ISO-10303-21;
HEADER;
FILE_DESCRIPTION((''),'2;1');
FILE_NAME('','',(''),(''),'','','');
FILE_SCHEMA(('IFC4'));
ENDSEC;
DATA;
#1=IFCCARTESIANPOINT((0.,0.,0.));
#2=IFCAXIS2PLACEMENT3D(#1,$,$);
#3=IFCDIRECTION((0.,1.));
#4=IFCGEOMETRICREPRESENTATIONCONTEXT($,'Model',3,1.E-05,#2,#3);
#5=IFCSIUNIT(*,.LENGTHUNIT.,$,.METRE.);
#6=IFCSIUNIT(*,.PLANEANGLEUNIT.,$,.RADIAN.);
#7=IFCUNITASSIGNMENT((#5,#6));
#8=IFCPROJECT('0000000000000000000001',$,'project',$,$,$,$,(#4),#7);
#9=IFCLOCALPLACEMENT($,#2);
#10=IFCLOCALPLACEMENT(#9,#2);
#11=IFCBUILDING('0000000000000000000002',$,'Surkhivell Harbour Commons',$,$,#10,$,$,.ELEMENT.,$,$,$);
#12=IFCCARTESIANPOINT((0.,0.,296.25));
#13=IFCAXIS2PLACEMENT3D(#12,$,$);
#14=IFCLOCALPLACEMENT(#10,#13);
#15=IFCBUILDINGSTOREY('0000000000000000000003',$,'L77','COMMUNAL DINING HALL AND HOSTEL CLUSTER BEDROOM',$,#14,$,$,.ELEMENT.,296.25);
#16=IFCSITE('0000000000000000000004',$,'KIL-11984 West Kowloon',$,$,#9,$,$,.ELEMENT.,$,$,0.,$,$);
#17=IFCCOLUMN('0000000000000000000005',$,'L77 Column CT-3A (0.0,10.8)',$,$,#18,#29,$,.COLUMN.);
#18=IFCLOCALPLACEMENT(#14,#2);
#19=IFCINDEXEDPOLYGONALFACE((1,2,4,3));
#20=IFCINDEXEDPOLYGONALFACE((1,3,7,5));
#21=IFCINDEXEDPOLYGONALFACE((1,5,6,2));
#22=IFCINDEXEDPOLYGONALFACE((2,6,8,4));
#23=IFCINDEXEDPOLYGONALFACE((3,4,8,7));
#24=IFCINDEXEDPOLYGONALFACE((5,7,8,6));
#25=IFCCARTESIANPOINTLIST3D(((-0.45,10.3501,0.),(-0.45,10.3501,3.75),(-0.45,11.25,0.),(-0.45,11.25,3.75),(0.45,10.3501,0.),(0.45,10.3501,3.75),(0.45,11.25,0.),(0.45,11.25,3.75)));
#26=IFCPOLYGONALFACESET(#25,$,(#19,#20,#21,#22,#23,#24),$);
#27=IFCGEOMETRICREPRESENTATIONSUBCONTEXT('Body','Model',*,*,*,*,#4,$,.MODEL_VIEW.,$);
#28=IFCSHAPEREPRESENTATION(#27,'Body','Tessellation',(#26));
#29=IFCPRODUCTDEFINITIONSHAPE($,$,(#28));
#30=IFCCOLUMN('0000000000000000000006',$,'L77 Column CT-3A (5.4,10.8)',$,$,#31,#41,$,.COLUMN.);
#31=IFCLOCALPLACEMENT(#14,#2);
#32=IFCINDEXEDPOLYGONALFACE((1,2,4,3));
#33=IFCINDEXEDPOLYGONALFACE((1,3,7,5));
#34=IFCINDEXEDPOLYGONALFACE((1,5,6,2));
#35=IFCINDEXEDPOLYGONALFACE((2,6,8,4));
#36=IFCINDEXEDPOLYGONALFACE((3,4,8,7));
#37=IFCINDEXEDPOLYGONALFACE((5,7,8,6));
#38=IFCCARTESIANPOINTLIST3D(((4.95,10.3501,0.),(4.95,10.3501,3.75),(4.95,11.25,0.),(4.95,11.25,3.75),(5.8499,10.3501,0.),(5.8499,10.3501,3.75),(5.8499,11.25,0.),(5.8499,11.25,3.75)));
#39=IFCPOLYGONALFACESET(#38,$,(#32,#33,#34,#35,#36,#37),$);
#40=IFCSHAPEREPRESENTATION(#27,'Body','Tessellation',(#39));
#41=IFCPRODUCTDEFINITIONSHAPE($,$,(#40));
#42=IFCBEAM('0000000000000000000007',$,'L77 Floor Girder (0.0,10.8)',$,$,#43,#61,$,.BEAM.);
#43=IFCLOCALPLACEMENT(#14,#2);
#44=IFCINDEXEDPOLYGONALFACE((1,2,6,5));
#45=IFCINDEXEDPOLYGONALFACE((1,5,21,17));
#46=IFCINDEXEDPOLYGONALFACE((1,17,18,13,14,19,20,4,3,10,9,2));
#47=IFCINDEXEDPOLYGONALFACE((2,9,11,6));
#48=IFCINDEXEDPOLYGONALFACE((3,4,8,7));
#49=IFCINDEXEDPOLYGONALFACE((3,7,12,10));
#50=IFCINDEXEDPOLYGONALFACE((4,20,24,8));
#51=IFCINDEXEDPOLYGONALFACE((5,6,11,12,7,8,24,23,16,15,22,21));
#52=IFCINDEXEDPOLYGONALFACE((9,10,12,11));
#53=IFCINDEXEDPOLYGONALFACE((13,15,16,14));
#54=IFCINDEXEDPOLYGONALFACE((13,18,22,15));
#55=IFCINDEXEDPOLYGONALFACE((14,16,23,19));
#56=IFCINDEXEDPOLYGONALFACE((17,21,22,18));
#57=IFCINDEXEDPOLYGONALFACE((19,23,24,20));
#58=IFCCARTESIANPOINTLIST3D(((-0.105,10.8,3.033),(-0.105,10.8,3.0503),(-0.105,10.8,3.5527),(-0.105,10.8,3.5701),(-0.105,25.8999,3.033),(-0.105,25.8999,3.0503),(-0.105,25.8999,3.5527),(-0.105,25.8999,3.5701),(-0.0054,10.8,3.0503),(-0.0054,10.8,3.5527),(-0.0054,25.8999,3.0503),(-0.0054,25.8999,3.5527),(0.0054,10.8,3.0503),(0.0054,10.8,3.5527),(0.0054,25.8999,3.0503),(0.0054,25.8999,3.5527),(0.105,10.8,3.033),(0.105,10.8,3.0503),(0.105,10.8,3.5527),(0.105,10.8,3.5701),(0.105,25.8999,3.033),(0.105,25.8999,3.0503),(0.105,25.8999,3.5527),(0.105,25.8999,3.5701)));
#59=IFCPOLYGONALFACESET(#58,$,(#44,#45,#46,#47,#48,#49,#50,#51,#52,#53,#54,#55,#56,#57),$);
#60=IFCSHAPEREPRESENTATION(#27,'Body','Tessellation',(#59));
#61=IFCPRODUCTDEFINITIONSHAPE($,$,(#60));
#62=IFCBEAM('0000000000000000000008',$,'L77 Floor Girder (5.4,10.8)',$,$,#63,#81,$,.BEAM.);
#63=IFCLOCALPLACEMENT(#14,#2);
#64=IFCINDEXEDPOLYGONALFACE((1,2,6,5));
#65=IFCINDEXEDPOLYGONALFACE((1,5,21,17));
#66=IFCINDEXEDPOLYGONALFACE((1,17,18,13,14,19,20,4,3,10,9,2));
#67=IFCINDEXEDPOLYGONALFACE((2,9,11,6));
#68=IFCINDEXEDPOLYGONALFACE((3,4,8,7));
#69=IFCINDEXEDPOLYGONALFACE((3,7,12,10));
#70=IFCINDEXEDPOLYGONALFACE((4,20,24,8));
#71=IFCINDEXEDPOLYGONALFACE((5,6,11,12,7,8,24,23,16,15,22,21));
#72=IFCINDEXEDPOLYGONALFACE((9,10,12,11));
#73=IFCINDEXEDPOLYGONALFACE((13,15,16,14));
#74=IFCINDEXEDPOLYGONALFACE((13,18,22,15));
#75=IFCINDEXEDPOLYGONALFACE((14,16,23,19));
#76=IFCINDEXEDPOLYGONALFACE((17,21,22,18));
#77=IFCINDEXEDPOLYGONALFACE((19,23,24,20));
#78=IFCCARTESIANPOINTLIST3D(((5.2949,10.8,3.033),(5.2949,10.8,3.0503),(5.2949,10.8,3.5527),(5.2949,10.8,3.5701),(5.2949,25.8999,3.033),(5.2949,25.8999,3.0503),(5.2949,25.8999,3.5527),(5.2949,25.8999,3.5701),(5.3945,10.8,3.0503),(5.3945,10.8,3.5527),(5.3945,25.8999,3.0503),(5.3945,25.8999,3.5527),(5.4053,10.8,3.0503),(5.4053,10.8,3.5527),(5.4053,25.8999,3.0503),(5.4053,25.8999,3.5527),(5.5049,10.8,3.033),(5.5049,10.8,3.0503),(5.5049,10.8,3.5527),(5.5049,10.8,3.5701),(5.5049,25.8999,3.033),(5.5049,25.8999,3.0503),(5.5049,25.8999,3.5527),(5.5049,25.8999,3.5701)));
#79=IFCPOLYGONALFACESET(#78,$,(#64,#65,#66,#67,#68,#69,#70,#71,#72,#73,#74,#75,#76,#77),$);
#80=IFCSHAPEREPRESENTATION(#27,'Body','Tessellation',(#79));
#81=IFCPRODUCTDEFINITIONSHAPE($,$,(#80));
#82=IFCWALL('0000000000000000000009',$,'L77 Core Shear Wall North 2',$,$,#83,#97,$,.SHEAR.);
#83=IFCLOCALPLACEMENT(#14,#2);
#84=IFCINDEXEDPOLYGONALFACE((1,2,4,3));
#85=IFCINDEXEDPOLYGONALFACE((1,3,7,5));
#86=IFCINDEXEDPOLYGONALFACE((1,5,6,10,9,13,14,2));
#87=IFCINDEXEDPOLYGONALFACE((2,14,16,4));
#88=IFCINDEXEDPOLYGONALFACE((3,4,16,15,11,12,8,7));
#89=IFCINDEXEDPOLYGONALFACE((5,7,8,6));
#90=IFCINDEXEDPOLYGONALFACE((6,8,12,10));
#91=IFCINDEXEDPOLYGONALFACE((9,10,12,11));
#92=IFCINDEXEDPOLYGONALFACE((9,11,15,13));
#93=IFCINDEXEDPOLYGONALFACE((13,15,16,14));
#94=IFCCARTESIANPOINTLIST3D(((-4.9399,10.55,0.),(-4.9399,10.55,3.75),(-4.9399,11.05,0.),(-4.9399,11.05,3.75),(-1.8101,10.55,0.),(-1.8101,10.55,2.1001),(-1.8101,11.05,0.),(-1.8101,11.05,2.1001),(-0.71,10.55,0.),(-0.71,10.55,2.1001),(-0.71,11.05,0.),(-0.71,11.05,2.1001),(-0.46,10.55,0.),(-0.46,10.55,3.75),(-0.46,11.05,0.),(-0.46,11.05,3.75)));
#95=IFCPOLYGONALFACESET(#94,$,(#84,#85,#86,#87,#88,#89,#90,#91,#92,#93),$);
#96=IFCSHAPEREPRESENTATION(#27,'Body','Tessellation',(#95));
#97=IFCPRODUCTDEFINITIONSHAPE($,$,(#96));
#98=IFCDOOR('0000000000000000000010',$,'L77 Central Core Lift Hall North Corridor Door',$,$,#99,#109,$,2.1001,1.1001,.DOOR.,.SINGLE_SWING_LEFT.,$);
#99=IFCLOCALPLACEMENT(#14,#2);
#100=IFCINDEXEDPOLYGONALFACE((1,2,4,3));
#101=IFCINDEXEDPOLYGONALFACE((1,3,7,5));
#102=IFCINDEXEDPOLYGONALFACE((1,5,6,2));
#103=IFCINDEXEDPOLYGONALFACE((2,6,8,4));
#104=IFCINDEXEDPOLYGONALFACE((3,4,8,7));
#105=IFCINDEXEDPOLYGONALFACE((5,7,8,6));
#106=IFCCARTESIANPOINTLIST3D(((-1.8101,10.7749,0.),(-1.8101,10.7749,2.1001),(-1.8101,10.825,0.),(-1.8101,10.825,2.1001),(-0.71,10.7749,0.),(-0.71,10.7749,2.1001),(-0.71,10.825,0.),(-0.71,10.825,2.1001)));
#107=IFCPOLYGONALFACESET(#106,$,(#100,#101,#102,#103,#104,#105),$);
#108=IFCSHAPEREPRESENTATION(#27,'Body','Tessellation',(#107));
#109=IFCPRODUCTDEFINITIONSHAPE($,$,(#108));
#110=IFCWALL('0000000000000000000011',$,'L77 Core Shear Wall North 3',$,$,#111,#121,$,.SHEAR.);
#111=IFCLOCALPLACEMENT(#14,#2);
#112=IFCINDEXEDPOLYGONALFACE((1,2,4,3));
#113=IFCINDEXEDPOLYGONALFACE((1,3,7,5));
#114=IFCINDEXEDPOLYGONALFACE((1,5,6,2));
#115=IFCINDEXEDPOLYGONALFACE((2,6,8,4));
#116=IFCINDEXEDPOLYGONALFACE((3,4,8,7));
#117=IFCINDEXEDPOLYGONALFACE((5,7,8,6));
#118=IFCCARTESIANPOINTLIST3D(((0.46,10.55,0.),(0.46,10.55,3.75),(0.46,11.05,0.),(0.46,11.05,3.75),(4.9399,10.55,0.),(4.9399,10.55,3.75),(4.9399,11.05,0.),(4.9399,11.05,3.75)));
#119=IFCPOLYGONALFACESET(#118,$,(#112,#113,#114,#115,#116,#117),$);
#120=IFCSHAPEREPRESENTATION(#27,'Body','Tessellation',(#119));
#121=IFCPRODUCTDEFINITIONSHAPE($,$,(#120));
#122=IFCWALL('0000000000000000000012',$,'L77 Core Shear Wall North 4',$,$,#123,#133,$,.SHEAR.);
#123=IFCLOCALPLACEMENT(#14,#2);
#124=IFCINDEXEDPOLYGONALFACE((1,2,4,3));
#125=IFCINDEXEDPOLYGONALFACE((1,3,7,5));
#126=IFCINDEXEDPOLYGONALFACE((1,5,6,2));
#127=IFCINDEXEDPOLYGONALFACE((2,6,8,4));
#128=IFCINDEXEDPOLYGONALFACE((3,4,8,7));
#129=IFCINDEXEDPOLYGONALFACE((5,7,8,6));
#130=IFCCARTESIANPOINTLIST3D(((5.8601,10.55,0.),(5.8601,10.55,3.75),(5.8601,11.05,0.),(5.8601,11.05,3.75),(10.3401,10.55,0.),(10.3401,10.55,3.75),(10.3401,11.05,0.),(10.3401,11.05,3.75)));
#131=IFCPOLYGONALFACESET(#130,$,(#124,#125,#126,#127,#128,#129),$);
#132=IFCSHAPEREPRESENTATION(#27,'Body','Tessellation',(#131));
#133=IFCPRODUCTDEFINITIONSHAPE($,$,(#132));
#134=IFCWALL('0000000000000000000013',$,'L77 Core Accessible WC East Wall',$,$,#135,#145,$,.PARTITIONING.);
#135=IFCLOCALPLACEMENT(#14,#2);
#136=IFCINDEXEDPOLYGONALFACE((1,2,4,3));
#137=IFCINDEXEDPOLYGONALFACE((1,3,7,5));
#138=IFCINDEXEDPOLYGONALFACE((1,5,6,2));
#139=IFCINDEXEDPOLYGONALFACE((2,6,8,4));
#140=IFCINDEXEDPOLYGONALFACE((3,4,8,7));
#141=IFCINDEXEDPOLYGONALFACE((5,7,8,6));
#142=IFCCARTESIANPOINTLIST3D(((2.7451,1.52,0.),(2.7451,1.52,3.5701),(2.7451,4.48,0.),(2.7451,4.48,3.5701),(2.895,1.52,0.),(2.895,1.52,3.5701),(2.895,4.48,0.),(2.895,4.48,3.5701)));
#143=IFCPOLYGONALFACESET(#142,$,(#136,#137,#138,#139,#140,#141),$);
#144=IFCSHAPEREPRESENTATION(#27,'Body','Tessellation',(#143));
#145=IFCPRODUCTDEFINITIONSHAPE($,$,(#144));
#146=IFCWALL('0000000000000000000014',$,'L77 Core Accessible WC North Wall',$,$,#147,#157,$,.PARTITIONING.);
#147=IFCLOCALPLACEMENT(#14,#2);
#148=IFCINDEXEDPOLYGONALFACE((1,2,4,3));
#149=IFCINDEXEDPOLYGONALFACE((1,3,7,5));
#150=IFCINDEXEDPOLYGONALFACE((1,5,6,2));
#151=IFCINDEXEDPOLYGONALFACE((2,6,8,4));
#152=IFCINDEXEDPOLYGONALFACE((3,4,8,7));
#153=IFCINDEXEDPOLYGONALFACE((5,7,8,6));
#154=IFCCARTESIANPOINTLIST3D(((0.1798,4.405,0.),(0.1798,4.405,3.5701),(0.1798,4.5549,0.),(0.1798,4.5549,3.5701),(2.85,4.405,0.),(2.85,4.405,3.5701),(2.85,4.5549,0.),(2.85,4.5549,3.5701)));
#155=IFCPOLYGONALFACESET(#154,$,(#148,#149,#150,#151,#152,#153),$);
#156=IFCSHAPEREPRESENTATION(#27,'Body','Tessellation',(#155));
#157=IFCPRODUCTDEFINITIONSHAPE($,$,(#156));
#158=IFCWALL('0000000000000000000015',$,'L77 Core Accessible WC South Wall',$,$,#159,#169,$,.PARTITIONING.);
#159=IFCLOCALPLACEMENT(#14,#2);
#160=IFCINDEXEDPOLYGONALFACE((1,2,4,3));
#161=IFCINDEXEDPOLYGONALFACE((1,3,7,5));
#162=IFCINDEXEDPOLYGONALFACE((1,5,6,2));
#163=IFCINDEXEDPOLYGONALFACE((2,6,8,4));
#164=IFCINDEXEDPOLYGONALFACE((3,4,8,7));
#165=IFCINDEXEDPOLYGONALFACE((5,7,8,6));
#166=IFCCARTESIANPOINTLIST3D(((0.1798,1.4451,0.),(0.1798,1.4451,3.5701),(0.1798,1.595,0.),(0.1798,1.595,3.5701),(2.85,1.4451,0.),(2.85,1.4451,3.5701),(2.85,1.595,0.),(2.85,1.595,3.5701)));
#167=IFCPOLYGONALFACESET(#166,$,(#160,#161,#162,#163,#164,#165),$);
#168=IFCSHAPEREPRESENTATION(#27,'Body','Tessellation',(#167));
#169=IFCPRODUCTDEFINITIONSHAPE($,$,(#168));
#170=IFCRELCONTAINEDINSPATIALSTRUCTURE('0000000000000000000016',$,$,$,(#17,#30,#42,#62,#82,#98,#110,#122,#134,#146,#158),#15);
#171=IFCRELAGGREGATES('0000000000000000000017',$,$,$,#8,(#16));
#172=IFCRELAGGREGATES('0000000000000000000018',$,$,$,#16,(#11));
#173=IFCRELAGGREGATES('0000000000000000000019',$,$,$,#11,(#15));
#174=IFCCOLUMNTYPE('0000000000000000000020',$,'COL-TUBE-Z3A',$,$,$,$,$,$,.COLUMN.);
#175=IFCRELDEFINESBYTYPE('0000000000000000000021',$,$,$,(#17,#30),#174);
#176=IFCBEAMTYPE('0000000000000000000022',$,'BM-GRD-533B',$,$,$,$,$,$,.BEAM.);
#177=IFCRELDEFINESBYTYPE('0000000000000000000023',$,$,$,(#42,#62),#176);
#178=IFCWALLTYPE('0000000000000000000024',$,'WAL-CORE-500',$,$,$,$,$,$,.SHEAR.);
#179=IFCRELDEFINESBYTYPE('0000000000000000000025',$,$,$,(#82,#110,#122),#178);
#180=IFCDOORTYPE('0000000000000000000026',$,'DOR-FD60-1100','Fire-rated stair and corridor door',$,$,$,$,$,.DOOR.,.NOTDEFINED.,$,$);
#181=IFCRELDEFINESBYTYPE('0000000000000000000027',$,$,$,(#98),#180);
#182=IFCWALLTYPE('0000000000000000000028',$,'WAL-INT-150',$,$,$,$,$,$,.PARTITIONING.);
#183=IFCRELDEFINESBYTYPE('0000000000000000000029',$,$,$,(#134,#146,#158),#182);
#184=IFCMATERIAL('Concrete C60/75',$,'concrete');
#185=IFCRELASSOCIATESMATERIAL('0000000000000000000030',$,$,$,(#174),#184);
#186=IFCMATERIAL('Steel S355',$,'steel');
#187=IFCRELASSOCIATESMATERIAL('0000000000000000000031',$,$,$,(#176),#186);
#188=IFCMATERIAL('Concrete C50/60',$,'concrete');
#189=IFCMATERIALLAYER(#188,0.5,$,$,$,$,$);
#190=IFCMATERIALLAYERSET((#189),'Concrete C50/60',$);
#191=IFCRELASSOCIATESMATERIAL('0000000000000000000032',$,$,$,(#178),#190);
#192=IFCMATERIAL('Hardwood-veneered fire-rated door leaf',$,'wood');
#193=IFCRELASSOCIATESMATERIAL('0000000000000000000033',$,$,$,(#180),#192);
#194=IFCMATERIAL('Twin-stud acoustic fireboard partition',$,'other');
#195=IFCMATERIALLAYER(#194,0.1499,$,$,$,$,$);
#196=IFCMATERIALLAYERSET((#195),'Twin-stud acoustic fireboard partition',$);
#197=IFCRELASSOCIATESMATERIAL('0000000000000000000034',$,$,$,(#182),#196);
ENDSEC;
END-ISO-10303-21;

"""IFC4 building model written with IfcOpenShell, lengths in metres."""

from ifc_helpers import new_model, si_unit, direction, frame, frame_2d, origin, origin_2d, place, context, subcontext, project, spatial, rectangle, i_section, extrude, material, layer, layer_set, material_profile, profile_set, type_object, element, fill, save


model = new_model("IFC4")

# Units and contexts
model_context = context("Model", 3, precision=1e-05, world=origin(), true_north=direction((0.0, 1.0)))
body_context = subcontext(model_context, "Body", "Model", "MODEL_VIEW")
ifc_project = project(units=[si_unit("LENGTHUNIT", "METRE"), si_unit("PLANEANGLEUNIT", "RADIAN")], contexts=[model_context])

# Site, building, storey
site_placement = place(None, origin())
site = spatial("IfcSite", under=ifc_project, at=site_placement, Name="KIL-11984 West Kowloon", CompositionType="ELEMENT", RefElevation=0.0)
building_placement = place(site_placement, origin())
building = spatial("IfcBuilding", under=site, at=building_placement, Name="Surkhivell Harbour Commons", CompositionType="ELEMENT")
storey_placement = place(building_placement, frame((0.0, 0.0, 296.25)))
storey = spatial("IfcBuildingStorey", under=building, at=storey_placement, Name="L77", Description="COMMUNAL DINING HALL AND HOSTEL CLUSTER BEDROOM", CompositionType="ELEMENT", Elevation=296.25)

# Columns
ifc_material_1 = material(Name="Concrete C60/75", Category="concrete")
ifc_material_profile_1 = material_profile(ifc_material_1, rectangle(XDim=0.8999, YDim=0.8999, at=origin_2d()), Name="RC-COL-900x900")
ifc_profile_set_1 = profile_set([ifc_material_profile_1], Name="Concrete C60/75")
column_type = type_object("IfcColumnType", Name="COL-TUBE-Z3A", PredefinedType="COLUMN", material=ifc_profile_set_1)
for number, where, z_axis, x_axis, name in (
    (1, (0.0, 10.8, 0.0), (0.0, 0.0, 1.0), (1.0, 0.0, 0.0), "L77 Column CT-3A (0.0,10.8)"),
    (2, (5.3999, 10.8, 0.0), (0.0, 0.0, 1.0), (1.0, 0.0, 0.0), "L77 Column CT-3A (5.4,10.8)"),
):
    element("IfcColumn", number, at=place(storey_placement, frame(where, z_axis=z_axis, x_axis=x_axis)), inside=storey, type_object=column_type, Name=name, PredefinedType="COLUMN", context=body_context, shape_type="SweptSolid", body=[
        extrude(rectangle(XDim=0.8999, YDim=0.8999, at=origin_2d()), origin(), (0.0, 0.0, 1.0), 3.75),
    ])

# Beams
ifc_material_2 = material(Name="Steel S355", Category="steel")
ifc_material_profile_2 = material_profile(ifc_material_2, i_section(OverallWidth=0.21, OverallDepth=0.5371, WebThickness=0.0107, FlangeThickness=0.0173, at=origin_2d()), Name="UB533x210x101")
ifc_profile_set_2 = profile_set([ifc_material_profile_2], Name="Steel S355")
beam_type = type_object("IfcBeamType", Name="BM-GRD-533B", PredefinedType="BEAM", material=ifc_profile_set_2)
for number, where, z_axis, x_axis, name in (
    (3, (0.0, 10.8, 3.3015), (0.0, 1.0, 0.0), (-1.0, 0.0, 0.0), "L77 Floor Girder (0.0,10.8)"),
    (4, (5.3999, 10.8, 3.3015), (0.0, 1.0, 0.0), (-1.0, 0.0, 0.0), "L77 Floor Girder (5.4,10.8)"),
):
    element("IfcBeam", number, at=place(storey_placement, frame(where, z_axis=z_axis, x_axis=x_axis)), inside=storey, type_object=beam_type, Name=name, PredefinedType="BEAM", context=body_context, shape_type="SweptSolid", body=[
        extrude(i_section(OverallWidth=0.21, OverallDepth=0.5371, WebThickness=0.0107, FlangeThickness=0.0173, at=origin_2d()), origin(), (0.0, 0.0, 1.0), 15.0999),
    ])

# Wall, opening, door
ifc_material_3 = material(Name="Concrete C50/60", Category="concrete")
ifc_layer_1 = layer(ifc_material_3, 0.5)
ifc_layer_set_1 = layer_set([ifc_layer_1], Name="Concrete C50/60")
wall_type_1 = type_object("IfcWallType", Name="WAL-CORE-500", PredefinedType="SHEAR", material=ifc_layer_set_1)
wall_1_placement = place(storey_placement, frame((-4.9399, 10.8, 0.0), z_axis=(0.0, 0.0, 1.0), x_axis=(1.0, 0.0, 0.0)))
wall_1 = element("IfcWall", 5, at=wall_1_placement, inside=storey, type_object=wall_type_1, Name="L77 Core Shear Wall North 2", PredefinedType="SHEAR", context=body_context, shape_type="SweptSolid", body=[
    extrude(rectangle(XDim=4.48, YDim=0.5, at=frame_2d((2.24, 0.0))), origin(), (0.0, 0.0, 1.0), 3.75),
])
opening_1_placement = place(wall_1_placement, frame((3.1299, 0.0, 0.0)))
opening_1 = element("IfcOpeningElement", 6, at=opening_1_placement, cuts=wall_1, PredefinedType="OPENING", context=body_context, shape_type="SweptSolid", body=[
    extrude(rectangle(XDim=1.1001, YDim=2.1001, at=frame_2d((0.55, 1.05))), frame((0.0, 0.26, 0.0), z_axis=(0.0, -1.0, 0.0), x_axis=(1.0, 0.0, 0.0)), (0.0, 0.0, 1.0), 0.52),
])
ifc_material_4 = material(Name="Hardwood-veneered fire-rated door leaf", Category="wood")
door_type_1 = type_object("IfcDoorType", Name="DOR-FD60-1100", Description="Fire-rated stair and corridor door", OperationType="NOTDEFINED", PredefinedType="DOOR", material=ifc_material_4)
door_1_placement = place(opening_1_placement, origin())
door_1 = element("IfcDoor", 7, at=door_1_placement, inside=storey, type_object=door_type_1, Name="L77 Central Core Lift Hall North Corridor Door", OperationType="SINGLE_SWING_LEFT", OverallHeight=2.1001, OverallWidth=1.1001, PredefinedType="DOOR", context=body_context, shape_type="SweptSolid", body=[
    extrude(rectangle(XDim=1.1001, YDim=2.1001, at=frame_2d((0.55, 1.05))), frame((0.0, 0.0249, 0.0), z_axis=(0.0, -1.0, 0.0), x_axis=(1.0, 0.0, 0.0)), (0.0, 0.0, 1.0), 0.05),
])
fill(opening_1, door_1)

# Walls
for number, where, z_axis, x_axis, name in (
    (8, (0.46, 10.8, 0.0), (0.0, 0.0, 1.0), (1.0, 0.0, 0.0), "L77 Core Shear Wall North 3"),
    (9, (5.8601, 10.8, 0.0), (0.0, 0.0, 1.0), (1.0, 0.0, 0.0), "L77 Core Shear Wall North 4"),
):
    element("IfcWall", number, at=place(storey_placement, frame(where, z_axis=z_axis, x_axis=x_axis)), inside=storey, type_object=wall_type_1, Name=name, PredefinedType="SHEAR", context=body_context, shape_type="SweptSolid", body=[
        extrude(rectangle(XDim=4.48, YDim=0.5, at=frame_2d((2.24, 0.0))), origin(), (0.0, 0.0, 1.0), 3.75),
    ])
ifc_material_5 = material(Name="Twin-stud acoustic fireboard partition", Category="other")
ifc_layer_2 = layer(ifc_material_5, 0.1499)
ifc_layer_set_2 = layer_set([ifc_layer_2], Name="Twin-stud acoustic fireboard partition")
wall_type_2 = type_object("IfcWallType", Name="WAL-INT-150", PredefinedType="PARTITIONING", material=ifc_layer_set_2)
wall_2_placement = place(storey_placement, frame((2.8201, 1.52, 0.0), z_axis=(0.0, 0.0, 1.0), x_axis=(0.0, 1.0, 0.0)))
element("IfcWall", 10, at=wall_2_placement, inside=storey, type_object=wall_type_2, Name="L77 Core Accessible WC East Wall", PredefinedType="PARTITIONING", context=body_context, shape_type="SweptSolid", body=[
    extrude(rectangle(XDim=2.96, YDim=0.1499, at=frame_2d((1.48, 0.0))), origin(), (0.0, 0.0, 1.0), 3.5701),
])
for number, where, z_axis, x_axis, name in (
    (11, (0.1799, 4.48, 0.0), (0.0, 0.0, 1.0), (1.0, 0.0, 0.0), "L77 Core Accessible WC North Wall"),
    (12, (0.1799, 1.52, 0.0), (0.0, 0.0, 1.0), (1.0, 0.0, 0.0), "L77 Core Accessible WC South Wall"),
):
    element("IfcWall", number, at=place(storey_placement, frame(where, z_axis=z_axis, x_axis=x_axis)), inside=storey, type_object=wall_type_2, Name=name, PredefinedType="PARTITIONING", context=body_context, shape_type="SweptSolid", body=[
        extrude(rectangle(XDim=2.6702, YDim=0.1499, at=frame_2d((1.335, 0.0))), origin(), (0.0, 0.0, 1.0), 3.5701),
    ])

save(model, "model.ifc")
